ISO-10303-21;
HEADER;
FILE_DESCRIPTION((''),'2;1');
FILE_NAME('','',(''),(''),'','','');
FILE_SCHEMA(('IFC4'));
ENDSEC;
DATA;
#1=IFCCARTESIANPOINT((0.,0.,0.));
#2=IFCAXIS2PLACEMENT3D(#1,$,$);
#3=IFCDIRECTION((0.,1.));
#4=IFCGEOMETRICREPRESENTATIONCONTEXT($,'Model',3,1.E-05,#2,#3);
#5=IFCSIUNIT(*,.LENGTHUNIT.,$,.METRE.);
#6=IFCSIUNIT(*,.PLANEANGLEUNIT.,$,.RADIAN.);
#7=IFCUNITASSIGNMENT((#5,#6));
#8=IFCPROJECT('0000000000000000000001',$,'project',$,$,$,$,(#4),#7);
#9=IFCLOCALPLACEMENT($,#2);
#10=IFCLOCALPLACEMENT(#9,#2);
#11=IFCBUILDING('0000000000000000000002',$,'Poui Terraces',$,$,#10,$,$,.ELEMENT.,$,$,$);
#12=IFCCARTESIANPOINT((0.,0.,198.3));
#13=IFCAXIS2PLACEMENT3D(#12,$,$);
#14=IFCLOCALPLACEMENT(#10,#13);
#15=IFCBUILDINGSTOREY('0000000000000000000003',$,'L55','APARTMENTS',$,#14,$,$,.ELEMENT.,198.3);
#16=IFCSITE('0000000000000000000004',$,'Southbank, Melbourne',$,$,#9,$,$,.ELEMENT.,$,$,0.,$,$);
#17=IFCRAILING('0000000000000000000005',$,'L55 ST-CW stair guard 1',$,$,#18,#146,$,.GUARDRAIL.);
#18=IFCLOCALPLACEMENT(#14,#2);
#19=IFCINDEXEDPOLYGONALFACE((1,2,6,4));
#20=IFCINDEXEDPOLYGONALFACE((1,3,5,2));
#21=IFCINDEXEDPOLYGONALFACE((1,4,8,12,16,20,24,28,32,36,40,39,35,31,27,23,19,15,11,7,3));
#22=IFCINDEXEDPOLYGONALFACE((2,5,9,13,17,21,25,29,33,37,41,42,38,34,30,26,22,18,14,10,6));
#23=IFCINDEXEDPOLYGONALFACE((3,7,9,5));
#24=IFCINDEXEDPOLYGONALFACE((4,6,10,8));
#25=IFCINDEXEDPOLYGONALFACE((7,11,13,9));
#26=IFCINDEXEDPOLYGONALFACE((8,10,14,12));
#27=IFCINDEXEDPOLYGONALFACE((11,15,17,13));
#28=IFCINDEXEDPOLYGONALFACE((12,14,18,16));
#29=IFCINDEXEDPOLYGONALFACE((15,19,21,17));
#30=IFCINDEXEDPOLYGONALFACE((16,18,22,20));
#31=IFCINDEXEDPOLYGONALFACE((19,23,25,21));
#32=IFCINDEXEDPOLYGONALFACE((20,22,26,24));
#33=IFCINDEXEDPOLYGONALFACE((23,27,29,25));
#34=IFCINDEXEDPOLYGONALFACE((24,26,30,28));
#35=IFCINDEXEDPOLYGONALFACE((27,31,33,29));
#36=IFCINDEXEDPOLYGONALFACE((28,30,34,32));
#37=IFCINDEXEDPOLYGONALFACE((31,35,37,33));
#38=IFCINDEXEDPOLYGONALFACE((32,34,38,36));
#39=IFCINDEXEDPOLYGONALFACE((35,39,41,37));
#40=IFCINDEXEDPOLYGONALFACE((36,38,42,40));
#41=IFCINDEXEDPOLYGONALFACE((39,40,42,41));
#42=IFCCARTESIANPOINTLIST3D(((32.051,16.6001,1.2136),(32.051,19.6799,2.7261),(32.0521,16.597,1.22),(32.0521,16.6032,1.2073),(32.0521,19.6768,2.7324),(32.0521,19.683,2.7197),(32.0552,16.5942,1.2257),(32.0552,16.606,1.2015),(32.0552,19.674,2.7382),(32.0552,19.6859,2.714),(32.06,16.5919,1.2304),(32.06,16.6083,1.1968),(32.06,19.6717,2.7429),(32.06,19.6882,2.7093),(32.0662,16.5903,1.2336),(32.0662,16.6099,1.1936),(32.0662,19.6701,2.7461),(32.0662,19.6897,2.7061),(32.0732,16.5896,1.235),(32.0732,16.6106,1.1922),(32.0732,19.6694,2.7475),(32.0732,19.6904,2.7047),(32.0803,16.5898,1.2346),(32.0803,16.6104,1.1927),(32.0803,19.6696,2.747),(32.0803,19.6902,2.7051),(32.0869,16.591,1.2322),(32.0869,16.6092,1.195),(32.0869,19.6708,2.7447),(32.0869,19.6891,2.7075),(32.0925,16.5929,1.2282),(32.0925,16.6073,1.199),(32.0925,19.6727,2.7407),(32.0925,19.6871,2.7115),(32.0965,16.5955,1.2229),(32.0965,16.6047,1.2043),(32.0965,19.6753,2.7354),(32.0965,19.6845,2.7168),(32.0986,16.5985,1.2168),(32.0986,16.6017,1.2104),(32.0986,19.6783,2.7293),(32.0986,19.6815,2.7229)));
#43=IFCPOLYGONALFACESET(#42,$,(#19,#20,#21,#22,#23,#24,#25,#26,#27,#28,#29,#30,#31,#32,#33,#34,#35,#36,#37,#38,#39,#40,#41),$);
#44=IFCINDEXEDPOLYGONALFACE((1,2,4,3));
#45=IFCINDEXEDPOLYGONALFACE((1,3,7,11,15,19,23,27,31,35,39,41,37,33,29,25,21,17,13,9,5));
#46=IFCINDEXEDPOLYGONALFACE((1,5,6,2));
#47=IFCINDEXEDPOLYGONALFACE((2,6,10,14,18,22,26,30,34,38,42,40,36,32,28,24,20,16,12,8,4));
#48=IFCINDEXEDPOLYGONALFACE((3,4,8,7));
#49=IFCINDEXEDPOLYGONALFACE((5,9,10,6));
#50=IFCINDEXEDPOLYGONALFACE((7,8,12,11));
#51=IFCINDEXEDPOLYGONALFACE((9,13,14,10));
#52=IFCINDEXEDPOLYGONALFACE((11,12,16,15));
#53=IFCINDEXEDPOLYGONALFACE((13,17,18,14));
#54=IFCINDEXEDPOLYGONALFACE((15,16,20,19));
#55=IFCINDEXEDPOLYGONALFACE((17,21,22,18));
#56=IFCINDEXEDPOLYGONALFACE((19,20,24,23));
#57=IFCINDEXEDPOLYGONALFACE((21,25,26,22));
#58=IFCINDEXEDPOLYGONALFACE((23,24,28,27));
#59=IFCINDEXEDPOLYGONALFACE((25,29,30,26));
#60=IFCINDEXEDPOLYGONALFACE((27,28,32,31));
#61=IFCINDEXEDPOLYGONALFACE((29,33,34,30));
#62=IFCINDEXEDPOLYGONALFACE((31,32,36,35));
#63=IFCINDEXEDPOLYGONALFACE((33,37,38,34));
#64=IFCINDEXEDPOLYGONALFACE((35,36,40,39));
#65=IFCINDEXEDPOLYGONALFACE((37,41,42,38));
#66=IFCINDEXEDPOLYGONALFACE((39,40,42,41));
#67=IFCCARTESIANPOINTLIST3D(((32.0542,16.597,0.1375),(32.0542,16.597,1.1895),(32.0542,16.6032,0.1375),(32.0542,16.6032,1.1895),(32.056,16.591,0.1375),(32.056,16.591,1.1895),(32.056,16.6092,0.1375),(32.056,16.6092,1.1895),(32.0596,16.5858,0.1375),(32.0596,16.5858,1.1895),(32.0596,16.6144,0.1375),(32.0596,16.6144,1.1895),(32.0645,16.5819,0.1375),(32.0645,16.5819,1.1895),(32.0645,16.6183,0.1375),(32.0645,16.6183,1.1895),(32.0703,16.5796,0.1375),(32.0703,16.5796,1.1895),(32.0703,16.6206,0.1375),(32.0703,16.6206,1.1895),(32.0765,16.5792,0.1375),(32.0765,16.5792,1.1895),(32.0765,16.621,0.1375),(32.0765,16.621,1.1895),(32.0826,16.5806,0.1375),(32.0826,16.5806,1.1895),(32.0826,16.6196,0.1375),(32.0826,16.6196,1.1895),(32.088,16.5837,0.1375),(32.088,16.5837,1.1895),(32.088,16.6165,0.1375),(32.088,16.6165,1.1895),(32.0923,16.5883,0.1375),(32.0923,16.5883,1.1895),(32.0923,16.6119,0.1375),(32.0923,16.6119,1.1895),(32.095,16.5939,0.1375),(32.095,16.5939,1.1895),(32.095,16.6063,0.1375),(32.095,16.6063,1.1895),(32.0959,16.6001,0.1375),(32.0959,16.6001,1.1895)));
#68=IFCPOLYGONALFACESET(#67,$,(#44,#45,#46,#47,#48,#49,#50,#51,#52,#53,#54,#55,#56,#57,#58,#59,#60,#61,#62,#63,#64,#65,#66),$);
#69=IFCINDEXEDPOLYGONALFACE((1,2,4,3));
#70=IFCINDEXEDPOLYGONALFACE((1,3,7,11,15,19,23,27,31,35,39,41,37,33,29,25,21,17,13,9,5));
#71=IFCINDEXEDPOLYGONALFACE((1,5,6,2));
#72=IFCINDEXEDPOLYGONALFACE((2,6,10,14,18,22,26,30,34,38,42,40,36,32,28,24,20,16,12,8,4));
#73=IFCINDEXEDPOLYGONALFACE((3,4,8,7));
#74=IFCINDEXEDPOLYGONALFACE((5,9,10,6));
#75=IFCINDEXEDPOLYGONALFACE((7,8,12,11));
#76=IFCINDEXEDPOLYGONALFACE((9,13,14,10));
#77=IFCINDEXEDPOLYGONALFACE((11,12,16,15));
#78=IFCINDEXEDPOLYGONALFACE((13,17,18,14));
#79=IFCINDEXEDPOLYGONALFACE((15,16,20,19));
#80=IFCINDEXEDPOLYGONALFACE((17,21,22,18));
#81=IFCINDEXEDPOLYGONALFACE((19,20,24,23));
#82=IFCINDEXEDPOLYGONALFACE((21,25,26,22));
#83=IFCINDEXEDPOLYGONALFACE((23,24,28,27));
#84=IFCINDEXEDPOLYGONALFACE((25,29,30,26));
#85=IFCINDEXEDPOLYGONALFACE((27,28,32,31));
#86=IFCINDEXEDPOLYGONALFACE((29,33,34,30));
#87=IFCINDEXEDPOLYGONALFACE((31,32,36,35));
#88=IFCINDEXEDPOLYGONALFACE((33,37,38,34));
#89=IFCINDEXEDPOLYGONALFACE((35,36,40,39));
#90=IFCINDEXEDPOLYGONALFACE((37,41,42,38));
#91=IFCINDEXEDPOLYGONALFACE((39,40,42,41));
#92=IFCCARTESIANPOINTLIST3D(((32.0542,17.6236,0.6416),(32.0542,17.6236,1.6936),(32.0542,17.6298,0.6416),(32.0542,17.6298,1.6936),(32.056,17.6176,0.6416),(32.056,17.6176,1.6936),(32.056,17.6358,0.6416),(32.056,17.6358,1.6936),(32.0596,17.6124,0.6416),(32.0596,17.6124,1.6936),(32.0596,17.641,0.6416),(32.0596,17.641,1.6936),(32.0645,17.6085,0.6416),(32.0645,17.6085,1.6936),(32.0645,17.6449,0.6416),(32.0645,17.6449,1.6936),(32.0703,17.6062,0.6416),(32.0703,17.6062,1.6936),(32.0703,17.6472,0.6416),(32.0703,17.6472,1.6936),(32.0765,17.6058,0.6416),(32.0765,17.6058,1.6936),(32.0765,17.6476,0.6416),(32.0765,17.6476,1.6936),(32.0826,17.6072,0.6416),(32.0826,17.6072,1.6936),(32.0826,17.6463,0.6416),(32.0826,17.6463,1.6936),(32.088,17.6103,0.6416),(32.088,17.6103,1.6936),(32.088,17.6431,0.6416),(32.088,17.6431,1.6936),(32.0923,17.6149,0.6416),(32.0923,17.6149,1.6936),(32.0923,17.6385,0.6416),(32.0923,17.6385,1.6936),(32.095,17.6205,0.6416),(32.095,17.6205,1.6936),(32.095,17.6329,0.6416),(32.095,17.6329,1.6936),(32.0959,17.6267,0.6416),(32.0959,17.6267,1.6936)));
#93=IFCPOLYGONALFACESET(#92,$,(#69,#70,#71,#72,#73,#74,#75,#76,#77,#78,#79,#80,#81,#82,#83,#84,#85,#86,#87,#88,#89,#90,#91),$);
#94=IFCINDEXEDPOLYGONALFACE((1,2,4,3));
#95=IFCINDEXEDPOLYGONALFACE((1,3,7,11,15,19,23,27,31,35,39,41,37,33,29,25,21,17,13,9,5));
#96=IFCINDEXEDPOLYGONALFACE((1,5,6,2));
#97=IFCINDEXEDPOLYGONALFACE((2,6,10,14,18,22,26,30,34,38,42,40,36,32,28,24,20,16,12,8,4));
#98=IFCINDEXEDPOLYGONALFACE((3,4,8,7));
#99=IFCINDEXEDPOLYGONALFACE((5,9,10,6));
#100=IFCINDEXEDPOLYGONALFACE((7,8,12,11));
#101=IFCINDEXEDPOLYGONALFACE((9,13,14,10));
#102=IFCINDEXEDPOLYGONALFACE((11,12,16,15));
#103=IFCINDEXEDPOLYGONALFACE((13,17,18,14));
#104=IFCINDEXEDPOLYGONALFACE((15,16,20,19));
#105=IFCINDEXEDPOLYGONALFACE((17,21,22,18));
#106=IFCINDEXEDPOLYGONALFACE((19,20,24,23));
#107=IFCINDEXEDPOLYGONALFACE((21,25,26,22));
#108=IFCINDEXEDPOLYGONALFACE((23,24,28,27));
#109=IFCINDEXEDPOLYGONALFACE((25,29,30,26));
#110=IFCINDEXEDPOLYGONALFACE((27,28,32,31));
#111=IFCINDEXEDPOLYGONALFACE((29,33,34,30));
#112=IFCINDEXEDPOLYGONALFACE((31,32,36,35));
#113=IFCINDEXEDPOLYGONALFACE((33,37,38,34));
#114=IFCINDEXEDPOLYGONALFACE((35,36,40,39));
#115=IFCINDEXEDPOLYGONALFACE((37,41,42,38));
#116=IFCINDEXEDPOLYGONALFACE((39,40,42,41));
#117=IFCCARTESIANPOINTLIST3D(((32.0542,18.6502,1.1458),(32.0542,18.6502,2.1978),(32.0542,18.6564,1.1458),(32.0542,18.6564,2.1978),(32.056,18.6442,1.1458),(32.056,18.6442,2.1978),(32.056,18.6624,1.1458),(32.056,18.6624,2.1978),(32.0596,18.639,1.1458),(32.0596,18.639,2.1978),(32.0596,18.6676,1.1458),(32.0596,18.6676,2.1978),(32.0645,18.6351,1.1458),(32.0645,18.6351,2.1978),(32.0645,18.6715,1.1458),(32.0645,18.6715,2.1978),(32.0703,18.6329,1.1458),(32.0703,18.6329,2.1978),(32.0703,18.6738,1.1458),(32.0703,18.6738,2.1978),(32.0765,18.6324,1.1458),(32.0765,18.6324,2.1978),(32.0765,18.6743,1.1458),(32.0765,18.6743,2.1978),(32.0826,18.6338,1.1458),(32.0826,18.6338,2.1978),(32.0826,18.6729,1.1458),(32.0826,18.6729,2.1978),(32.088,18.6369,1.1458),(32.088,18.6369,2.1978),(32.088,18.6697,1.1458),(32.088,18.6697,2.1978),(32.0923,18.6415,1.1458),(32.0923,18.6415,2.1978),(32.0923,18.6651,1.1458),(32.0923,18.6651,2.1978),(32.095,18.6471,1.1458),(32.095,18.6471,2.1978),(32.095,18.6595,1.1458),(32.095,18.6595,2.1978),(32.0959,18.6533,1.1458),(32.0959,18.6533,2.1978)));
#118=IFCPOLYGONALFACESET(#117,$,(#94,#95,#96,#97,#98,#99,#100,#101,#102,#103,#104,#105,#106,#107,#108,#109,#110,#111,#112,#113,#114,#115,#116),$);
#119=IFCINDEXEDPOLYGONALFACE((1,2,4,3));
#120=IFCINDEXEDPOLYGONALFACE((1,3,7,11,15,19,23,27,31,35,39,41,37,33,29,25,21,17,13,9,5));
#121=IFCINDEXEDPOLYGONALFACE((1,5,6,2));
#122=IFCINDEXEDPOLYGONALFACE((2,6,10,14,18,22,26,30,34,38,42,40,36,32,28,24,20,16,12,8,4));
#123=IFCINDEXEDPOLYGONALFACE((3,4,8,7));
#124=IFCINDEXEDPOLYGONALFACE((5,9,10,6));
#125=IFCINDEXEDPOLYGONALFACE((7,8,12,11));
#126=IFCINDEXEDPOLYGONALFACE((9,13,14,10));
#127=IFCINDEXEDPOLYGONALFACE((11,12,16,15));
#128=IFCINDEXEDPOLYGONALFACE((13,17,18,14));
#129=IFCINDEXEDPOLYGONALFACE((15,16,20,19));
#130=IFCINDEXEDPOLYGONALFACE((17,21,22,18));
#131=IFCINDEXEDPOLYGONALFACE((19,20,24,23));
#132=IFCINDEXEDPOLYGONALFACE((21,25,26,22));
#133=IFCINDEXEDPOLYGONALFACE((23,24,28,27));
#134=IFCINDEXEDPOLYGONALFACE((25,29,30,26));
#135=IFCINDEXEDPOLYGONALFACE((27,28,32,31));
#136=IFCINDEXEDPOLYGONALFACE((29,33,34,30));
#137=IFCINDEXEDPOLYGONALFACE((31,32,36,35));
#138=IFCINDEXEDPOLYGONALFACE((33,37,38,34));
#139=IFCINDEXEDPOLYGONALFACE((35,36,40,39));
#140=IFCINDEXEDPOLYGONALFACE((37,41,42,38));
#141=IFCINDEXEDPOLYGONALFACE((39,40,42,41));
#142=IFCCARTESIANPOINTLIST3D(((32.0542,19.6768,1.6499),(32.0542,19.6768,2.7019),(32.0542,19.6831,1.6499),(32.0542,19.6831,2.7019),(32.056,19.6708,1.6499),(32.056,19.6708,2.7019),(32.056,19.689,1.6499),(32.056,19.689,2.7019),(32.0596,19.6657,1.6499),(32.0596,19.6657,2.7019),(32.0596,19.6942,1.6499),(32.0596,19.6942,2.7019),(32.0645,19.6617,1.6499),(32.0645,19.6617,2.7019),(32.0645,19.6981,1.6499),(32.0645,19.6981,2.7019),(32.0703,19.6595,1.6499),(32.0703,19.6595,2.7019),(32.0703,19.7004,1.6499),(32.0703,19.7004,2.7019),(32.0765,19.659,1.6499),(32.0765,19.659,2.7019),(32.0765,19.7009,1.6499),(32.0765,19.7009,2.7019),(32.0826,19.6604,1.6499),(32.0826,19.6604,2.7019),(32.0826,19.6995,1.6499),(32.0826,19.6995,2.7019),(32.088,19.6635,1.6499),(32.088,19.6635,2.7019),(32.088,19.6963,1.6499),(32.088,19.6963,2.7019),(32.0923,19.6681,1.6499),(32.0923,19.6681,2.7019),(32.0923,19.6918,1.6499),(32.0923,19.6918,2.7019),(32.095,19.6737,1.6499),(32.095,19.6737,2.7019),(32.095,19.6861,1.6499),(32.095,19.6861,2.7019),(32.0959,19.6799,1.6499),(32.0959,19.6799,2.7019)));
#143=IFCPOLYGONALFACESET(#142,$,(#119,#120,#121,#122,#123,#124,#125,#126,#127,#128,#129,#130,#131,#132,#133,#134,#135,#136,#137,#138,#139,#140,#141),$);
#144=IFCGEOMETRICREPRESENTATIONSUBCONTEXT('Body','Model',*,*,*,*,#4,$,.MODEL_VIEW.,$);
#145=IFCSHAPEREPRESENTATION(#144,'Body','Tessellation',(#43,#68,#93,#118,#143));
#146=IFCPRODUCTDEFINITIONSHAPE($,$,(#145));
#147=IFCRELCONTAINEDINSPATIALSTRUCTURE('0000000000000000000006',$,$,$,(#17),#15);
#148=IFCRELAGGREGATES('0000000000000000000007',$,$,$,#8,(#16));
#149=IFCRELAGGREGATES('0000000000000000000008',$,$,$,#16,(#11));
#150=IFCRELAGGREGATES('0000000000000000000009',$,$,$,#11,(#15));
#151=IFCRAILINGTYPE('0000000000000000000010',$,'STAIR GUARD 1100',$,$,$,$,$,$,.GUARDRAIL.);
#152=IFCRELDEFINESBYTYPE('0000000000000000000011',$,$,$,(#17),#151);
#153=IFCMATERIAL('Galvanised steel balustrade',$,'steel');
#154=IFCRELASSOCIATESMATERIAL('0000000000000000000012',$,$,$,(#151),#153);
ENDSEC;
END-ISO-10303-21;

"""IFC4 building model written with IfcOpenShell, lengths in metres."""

from ifc_helpers import new_model, si_unit, direction, frame, origin, origin_2d, place, context, subcontext, project, spatial, circle, extrude, material, type_object, element, save


model = new_model("IFC4")

# Units and contexts
model_context = context("Model", 3, precision=1e-05, world=origin(), true_north=direction((0.0, 1.0)))
body_context = subcontext(model_context, "Body", "Model", "MODEL_VIEW")
ifc_project = project(units=[si_unit("LENGTHUNIT", "METRE"), si_unit("PLANEANGLEUNIT", "RADIAN")], contexts=[model_context])

# Site, building, storey
site_placement = place(None, origin())
site = spatial("IfcSite", under=ifc_project, at=site_placement, Name="Southbank, Melbourne", CompositionType="ELEMENT", RefElevation=0.0)
building_placement = place(site_placement, origin())
building = spatial("IfcBuilding", under=site, at=building_placement, Name="Poui Terraces", CompositionType="ELEMENT")
storey_placement = place(building_placement, frame((0.0, 0.0, 198.3)))
storey = spatial("IfcBuildingStorey", under=building, at=storey_placement, Name="L55", Description="APARTMENTS", CompositionType="ELEMENT", Elevation=198.3)

# Railing
ifc_material_1 = material(Name="Galvanised steel balustrade", Category="steel")
railing_type_1 = type_object("IfcRailingType", Name="STAIR GUARD 1100", PredefinedType="GUARDRAIL", material=ifc_material_1)
railing_1_placement = place(storey_placement, frame((32.075, 16.6001, 0.1375)))
element("IfcRailing", 1, at=railing_1_placement, inside=storey, type_object=railing_type_1, Name="L55 ST-CW stair guard 1", PredefinedType="GUARDRAIL", context=body_context, shape_type="SweptSolid", body=[
    extrude(circle(Radius=0.0239, at=origin_2d()), frame((0.0, 0.0, 1.0762), z_axis=(0.0, 0.897606, 0.440798), x_axis=(-1.0, 0.0, 0.0)), (0.0, 0.0, 1.0), 3.4312),
    extrude(circle(Radius=0.021, at=origin_2d()), origin(), (0.0, 0.0, 1.0), 1.052),
    extrude(circle(Radius=0.021, at=origin_2d()), frame((0.0, 1.0266, 0.5042)), (0.0, 0.0, 1.0), 1.052),
    extrude(circle(Radius=0.021, at=origin_2d()), frame((0.0, 2.0532, 1.0083)), (0.0, 0.0, 1.0), 1.052),
    extrude(circle(Radius=0.021, at=origin_2d()), frame((0.0, 3.0798, 1.5125)), (0.0, 0.0, 1.0), 1.052),
])

save(model, "model.ifc")
